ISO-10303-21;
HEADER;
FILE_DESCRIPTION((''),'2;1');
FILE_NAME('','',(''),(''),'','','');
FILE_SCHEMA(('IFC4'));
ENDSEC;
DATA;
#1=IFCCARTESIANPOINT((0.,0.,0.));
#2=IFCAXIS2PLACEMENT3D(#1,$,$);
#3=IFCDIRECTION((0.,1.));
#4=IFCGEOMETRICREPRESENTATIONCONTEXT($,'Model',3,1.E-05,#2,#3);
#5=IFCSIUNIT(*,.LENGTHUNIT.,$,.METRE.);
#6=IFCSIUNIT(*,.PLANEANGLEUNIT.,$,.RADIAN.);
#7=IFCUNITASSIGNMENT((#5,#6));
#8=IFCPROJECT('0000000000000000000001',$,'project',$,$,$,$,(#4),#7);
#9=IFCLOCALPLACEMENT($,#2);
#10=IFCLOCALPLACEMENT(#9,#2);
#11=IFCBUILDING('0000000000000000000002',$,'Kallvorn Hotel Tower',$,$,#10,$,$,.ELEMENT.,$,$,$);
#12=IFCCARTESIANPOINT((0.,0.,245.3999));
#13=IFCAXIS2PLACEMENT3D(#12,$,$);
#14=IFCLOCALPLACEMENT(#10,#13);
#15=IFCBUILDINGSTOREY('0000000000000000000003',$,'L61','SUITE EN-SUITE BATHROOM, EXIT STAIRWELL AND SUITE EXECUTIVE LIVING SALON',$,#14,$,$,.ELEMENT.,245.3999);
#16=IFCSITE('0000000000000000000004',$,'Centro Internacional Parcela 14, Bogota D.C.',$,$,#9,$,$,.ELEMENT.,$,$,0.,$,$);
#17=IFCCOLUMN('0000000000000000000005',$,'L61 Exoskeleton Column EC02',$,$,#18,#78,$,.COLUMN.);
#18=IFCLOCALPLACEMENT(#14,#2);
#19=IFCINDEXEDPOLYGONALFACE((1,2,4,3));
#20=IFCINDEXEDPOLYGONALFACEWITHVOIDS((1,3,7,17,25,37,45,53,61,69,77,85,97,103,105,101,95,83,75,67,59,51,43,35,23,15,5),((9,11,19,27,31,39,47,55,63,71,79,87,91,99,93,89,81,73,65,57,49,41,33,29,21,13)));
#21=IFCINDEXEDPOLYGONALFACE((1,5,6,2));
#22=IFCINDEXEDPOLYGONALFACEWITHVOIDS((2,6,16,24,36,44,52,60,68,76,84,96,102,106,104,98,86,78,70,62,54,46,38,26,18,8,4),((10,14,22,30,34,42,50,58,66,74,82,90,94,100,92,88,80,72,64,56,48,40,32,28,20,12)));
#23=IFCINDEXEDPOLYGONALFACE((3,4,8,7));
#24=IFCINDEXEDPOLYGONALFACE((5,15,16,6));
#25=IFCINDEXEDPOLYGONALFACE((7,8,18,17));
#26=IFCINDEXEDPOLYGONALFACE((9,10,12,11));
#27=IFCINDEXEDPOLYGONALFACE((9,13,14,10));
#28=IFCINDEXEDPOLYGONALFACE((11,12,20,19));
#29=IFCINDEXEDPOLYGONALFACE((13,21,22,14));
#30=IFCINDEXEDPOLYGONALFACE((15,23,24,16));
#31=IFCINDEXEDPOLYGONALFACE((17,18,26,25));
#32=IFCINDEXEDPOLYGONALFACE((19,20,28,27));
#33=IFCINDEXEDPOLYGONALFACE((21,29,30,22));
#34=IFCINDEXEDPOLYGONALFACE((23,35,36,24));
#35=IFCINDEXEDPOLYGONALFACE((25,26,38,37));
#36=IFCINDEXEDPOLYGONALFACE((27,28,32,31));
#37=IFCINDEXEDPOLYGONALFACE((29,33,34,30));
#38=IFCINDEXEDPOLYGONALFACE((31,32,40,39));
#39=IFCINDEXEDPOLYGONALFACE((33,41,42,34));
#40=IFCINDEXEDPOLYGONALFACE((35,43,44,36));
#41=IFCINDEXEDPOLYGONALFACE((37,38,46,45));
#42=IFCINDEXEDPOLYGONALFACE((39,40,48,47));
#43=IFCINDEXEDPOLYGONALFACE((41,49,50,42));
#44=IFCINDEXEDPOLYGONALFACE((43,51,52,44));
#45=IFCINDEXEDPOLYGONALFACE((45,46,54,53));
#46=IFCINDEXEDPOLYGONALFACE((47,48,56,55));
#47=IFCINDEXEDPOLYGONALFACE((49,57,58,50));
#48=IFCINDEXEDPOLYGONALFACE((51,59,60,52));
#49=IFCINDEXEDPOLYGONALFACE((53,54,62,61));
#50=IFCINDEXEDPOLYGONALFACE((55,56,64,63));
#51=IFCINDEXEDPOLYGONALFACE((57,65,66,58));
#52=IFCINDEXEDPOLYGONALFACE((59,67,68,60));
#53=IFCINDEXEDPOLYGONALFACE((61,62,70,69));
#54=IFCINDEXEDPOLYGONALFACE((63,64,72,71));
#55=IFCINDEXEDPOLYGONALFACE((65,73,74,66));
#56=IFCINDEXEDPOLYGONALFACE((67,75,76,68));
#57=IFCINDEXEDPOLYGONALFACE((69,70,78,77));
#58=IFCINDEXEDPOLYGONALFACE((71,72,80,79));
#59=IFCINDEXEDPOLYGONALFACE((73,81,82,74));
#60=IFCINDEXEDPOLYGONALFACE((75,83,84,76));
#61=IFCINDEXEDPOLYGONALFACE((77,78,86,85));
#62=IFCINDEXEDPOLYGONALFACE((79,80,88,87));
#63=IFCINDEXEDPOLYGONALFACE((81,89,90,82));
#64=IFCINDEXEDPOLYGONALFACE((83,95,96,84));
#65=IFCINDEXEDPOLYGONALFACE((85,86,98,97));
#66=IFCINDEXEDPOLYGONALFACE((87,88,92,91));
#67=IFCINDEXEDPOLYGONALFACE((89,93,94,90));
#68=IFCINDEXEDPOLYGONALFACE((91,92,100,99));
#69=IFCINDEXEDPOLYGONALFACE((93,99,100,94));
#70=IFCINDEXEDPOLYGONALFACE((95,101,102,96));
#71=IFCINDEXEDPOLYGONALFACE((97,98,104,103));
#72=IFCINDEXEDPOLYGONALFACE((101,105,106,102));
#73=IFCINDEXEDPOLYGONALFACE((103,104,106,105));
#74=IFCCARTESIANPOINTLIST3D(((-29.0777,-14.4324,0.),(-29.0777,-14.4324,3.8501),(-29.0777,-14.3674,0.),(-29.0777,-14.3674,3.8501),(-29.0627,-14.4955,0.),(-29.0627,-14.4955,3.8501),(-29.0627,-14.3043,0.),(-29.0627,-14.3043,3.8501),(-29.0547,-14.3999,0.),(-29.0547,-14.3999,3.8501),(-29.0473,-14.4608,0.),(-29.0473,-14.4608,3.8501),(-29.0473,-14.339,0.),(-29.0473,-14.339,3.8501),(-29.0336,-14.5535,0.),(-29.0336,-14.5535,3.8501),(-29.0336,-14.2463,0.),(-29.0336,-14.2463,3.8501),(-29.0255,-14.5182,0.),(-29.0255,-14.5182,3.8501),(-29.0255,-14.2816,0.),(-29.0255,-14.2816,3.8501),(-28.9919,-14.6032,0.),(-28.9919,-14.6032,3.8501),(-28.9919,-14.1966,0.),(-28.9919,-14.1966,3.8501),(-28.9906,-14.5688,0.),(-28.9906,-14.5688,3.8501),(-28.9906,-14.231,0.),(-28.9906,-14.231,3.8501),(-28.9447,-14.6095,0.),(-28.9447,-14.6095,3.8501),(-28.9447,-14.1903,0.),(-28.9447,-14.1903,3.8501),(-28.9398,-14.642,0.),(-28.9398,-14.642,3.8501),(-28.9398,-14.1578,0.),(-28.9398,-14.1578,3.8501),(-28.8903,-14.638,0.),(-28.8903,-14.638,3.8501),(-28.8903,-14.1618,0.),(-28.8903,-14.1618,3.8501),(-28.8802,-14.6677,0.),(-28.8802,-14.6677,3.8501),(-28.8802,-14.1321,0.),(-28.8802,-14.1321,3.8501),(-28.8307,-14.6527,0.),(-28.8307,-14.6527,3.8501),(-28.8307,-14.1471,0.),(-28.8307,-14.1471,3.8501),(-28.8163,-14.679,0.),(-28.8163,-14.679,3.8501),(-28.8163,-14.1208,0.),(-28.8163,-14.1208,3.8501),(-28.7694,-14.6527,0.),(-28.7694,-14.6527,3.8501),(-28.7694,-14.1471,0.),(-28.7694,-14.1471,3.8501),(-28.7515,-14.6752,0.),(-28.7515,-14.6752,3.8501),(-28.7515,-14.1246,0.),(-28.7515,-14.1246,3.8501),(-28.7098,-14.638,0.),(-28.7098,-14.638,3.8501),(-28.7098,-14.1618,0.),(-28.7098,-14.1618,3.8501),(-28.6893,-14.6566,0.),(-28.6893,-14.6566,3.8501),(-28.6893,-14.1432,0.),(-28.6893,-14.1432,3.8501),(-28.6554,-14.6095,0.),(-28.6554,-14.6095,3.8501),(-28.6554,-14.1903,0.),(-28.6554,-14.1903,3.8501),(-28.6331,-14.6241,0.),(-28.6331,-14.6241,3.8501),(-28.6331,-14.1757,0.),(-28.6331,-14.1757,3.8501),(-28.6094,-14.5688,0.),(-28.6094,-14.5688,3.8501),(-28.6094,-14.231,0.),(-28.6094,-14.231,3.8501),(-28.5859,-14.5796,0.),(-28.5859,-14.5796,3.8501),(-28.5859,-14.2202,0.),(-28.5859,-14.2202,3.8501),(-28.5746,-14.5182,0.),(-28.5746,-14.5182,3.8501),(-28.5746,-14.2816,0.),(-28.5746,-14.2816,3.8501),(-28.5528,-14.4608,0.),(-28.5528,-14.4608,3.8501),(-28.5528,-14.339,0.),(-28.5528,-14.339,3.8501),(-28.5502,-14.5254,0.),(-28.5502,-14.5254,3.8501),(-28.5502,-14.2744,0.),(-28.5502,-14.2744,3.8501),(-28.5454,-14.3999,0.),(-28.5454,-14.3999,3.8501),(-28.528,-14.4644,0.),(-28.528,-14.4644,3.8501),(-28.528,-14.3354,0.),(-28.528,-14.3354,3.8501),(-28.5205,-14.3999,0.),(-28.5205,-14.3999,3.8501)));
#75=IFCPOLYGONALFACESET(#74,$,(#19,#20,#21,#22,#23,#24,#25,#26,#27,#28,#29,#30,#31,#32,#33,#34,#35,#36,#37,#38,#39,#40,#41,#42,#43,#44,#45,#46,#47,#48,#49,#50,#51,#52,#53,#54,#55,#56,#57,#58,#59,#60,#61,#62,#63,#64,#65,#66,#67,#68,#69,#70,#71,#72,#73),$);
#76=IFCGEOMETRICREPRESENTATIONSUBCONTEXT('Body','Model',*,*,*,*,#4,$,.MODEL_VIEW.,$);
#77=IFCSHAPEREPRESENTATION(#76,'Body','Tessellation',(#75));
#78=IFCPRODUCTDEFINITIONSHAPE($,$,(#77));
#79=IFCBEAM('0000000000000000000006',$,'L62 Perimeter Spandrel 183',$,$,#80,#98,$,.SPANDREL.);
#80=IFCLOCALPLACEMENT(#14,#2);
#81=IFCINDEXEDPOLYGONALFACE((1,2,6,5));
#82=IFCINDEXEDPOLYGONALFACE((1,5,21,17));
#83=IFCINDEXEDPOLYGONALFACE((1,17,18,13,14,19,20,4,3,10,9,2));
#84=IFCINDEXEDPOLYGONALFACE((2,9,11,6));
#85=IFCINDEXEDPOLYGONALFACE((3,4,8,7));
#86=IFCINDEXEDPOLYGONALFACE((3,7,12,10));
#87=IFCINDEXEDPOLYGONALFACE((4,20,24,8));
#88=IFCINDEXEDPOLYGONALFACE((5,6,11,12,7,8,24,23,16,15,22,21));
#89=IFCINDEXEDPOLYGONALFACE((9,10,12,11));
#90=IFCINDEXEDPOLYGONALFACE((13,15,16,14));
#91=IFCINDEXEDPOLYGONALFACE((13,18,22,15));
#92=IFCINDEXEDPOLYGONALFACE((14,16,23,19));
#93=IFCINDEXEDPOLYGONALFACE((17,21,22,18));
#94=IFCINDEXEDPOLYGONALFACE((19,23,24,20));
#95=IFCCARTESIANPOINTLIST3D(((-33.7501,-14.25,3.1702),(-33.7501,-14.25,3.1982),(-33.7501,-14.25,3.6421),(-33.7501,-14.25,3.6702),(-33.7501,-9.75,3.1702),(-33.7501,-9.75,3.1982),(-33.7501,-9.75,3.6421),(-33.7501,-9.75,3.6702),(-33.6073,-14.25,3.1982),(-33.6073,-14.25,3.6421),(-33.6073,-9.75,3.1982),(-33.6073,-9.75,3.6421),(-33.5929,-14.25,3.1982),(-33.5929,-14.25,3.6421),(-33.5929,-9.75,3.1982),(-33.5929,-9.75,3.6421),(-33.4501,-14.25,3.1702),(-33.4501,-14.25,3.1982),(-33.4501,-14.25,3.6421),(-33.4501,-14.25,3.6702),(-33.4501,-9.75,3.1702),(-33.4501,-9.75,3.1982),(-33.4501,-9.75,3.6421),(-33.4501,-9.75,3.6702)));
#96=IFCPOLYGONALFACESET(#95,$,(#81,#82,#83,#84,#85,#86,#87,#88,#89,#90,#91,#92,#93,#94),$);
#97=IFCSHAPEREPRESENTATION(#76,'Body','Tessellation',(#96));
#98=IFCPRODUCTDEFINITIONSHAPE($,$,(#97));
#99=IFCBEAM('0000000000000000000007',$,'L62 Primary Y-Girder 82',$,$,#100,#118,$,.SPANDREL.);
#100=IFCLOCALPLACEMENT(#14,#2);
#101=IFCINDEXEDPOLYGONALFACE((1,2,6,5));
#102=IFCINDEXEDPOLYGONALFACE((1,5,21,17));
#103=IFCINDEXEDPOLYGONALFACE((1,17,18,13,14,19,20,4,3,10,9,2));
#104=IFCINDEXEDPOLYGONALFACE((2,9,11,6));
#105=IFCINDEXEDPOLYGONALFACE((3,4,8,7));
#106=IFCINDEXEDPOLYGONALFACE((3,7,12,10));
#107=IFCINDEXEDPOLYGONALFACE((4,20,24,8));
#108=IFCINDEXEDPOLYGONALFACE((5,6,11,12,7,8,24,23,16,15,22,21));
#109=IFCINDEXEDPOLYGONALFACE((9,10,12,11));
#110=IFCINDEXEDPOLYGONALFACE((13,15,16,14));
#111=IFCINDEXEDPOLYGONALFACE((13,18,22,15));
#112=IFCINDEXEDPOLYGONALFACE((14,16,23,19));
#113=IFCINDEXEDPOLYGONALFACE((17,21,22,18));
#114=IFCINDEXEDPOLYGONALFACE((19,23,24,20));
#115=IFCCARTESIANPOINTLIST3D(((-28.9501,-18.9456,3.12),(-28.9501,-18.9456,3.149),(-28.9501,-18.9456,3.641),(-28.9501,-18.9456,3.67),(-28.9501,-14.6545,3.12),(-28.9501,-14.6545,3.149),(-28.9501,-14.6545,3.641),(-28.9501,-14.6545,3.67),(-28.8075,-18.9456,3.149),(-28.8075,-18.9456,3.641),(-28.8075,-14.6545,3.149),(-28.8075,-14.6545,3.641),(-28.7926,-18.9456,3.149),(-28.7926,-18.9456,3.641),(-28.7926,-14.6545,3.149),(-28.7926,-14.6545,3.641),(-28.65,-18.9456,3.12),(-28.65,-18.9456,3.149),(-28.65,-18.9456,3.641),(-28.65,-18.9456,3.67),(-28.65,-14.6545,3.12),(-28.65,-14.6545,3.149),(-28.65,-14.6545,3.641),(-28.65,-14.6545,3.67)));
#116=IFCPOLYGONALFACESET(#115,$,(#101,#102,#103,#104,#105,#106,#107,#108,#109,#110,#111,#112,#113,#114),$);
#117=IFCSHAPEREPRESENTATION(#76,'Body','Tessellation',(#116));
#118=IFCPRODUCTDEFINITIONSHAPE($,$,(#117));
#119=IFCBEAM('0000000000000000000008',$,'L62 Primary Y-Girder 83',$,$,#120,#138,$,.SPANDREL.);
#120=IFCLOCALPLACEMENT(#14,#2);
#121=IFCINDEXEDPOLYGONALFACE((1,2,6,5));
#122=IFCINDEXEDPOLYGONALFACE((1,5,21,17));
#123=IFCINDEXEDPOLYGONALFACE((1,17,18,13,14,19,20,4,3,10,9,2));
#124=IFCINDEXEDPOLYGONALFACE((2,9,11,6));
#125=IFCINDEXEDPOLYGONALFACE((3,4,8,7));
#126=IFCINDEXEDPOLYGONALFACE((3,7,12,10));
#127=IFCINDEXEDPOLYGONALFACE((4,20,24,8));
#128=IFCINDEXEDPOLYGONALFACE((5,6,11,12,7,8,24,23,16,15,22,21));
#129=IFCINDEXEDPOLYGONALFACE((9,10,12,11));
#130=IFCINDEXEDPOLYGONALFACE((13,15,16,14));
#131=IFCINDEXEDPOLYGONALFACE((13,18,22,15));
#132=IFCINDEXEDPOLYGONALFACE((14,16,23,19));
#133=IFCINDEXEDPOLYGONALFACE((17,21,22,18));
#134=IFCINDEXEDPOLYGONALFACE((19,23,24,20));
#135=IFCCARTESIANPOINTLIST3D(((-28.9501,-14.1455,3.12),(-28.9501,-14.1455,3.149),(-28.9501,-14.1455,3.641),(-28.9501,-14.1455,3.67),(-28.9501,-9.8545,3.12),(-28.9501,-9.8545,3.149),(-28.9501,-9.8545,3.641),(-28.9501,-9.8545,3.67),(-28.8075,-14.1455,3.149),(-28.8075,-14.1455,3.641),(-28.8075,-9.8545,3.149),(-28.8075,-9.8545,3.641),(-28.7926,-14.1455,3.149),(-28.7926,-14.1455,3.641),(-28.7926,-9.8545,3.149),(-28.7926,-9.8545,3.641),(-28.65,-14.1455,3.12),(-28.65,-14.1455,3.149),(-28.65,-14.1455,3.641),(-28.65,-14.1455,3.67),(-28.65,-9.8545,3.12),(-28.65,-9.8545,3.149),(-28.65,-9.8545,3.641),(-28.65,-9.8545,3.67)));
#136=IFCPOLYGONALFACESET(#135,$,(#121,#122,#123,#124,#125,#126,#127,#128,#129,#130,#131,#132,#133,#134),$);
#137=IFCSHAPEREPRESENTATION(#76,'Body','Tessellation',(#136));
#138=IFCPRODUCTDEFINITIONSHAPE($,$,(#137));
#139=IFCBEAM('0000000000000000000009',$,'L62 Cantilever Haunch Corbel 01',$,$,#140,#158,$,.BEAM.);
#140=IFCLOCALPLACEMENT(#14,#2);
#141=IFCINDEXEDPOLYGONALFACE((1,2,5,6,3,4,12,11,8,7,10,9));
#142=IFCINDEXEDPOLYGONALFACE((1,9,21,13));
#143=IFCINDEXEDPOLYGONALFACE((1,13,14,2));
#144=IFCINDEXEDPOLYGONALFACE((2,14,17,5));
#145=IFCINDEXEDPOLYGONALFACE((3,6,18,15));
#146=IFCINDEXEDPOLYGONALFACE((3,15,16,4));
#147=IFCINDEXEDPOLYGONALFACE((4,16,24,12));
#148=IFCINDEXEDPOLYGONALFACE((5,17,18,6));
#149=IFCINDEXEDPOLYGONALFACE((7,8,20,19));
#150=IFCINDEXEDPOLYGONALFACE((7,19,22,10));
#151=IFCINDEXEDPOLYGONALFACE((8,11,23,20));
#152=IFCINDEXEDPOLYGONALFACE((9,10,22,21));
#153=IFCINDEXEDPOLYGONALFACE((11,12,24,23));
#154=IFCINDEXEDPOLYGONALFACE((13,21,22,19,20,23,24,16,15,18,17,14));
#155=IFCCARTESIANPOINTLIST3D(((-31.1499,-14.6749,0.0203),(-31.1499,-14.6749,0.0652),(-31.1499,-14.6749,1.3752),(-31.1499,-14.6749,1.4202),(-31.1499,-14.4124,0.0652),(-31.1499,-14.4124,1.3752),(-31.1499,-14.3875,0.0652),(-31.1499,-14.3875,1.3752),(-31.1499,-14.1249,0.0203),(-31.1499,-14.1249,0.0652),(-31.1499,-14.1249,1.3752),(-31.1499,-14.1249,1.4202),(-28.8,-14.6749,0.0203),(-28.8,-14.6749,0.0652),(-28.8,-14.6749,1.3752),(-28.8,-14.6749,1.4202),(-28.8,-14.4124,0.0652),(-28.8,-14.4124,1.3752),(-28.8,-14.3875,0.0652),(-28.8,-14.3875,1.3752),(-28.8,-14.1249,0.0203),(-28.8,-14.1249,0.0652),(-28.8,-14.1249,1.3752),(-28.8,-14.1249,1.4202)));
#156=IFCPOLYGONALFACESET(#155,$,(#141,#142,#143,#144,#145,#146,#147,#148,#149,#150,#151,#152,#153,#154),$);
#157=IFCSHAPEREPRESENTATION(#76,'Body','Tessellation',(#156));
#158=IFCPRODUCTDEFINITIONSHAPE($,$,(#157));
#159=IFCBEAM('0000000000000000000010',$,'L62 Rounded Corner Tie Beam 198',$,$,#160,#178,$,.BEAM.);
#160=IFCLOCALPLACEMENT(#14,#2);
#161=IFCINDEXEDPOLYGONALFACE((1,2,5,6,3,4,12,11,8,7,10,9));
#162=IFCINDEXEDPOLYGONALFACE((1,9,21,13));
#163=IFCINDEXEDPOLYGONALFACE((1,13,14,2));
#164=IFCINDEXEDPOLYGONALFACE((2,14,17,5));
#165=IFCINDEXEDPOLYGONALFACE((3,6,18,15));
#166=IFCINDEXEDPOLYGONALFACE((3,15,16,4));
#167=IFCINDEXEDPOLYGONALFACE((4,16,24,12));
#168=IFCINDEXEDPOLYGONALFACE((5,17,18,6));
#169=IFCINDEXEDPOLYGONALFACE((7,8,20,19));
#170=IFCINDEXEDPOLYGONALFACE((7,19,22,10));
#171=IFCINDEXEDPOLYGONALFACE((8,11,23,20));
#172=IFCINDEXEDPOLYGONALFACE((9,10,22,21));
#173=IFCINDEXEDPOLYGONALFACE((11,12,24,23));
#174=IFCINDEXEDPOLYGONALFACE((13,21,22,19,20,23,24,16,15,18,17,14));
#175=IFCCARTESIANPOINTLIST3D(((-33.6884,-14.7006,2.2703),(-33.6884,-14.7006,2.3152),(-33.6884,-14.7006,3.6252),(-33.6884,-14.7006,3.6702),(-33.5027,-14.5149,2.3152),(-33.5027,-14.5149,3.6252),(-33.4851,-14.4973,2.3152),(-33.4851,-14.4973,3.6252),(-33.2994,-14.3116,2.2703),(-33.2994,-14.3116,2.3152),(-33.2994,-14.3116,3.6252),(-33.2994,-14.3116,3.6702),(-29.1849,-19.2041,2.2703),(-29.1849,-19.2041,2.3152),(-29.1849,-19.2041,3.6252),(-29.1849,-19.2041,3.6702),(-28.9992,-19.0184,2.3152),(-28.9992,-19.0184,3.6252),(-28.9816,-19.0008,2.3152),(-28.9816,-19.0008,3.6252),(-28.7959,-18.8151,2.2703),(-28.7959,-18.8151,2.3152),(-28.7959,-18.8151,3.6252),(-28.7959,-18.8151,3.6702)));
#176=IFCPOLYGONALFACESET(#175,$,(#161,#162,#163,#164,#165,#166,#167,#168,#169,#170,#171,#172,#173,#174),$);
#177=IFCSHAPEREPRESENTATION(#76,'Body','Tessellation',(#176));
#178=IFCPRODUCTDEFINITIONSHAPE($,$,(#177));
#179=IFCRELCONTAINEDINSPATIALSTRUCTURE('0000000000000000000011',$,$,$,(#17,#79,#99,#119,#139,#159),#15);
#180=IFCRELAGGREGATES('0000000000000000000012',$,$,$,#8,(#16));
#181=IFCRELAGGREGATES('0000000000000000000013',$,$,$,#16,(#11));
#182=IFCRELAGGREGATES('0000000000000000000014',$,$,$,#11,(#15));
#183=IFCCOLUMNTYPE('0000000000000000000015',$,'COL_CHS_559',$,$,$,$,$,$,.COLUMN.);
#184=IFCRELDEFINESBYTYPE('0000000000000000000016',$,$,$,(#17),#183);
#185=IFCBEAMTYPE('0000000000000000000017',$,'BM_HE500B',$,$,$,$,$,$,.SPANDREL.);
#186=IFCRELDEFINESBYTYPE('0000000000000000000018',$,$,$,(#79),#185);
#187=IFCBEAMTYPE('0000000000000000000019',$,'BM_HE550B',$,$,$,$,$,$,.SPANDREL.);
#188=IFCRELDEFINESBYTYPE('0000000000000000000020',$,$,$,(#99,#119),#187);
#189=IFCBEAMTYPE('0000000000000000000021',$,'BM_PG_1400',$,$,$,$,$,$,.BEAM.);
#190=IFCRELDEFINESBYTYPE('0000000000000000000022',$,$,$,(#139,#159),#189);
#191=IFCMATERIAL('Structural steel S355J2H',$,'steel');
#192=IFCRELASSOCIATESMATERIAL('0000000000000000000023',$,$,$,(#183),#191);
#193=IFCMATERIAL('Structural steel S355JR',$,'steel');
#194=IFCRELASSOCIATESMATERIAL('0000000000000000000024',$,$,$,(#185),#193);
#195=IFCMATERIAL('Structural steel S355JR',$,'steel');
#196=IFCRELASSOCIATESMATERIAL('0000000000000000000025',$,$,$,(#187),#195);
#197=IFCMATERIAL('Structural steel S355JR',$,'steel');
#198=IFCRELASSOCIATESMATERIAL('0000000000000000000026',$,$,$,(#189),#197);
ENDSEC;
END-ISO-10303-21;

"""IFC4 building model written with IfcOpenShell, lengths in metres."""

from ifc_helpers import new_model, si_unit, direction, frame, origin, origin_2d, place, context, subcontext, project, spatial, hollow_circle, i_section, extrude, material, material_profile, profile_set, type_object, element, save


model = new_model("IFC4")

# Units and contexts
model_context = context("Model", 3, precision=1e-05, world=origin(), true_north=direction((0.0, 1.0)))
body_context = subcontext(model_context, "Body", "Model", "MODEL_VIEW")
ifc_project = project(units=[si_unit("LENGTHUNIT", "METRE"), si_unit("PLANEANGLEUNIT", "RADIAN")], contexts=[model_context])

# Site, building, storey
site_placement = place(None, origin())
site = spatial("IfcSite", under=ifc_project, at=site_placement, Name="Centro Internacional Parcela 14, Bogota D.C.", CompositionType="ELEMENT", RefElevation=0.0)
building_placement = place(site_placement, origin())
building = spatial("IfcBuilding", under=site, at=building_placement, Name="Kallvorn Hotel Tower", CompositionType="ELEMENT")
storey_placement = place(building_placement, frame((0.0, 0.0, 245.3999)))
storey = spatial("IfcBuildingStorey", under=building, at=storey_placement, Name="L61", Description="SUITE EN-SUITE BATHROOM, EXIT STAIRWELL AND SUITE EXECUTIVE LIVING SALON", CompositionType="ELEMENT", Elevation=245.3999)

# Column
ifc_material_1 = material(Name="Structural steel S355J2H", Category="steel")
ifc_material_profile_1 = material_profile(ifc_material_1, hollow_circle(Radius=0.2795, WallThickness=0.0249, at=origin_2d()), Name="CHS 559x25")
ifc_profile_set_1 = profile_set([ifc_material_profile_1], Name="Structural steel S355J2H")
column_type_1 = type_object("IfcColumnType", Name="COL_CHS_559", PredefinedType="COLUMN", material=ifc_profile_set_1)
for number, where, z_axis, x_axis, name in (
    (1, (-28.8, -14.3999, 0.0), (0.0, 0.0, 1.0), (1.0, 0.0, 0.0), "L61 Exoskeleton Column EC02"),
):
    element("IfcColumn", number, at=place(storey_placement, frame(where, z_axis=z_axis, x_axis=x_axis)), inside=storey, type_object=column_type_1, Name=name, PredefinedType="COLUMN", context=body_context, shape_type="SweptSolid", body=[
        extrude(hollow_circle(Radius=0.2795, WallThickness=0.0249, at=origin_2d()), origin(), (0.0, 0.0, 1.0), 3.8501),
    ])

# Beams
ifc_material_2 = material(Name="Structural steel S355JR", Category="steel")
ifc_material_profile_2 = material_profile(ifc_material_2, i_section(OverallWidth=0.3, OverallDepth=0.5, WebThickness=0.0144, FlangeThickness=0.0281, at=origin_2d()), Name="HE 500 B")
ifc_profile_set_2 = profile_set([ifc_material_profile_2], Name="Structural steel S355JR")
beam_type_1 = type_object("IfcBeamType", Name="BM_HE500B", PredefinedType="SPANDREL", material=ifc_profile_set_2)
beam_1_placement = place(storey_placement, frame((-33.6001, -14.25, 3.4202), z_axis=(0.0, 1.0, 0.0), x_axis=(-1.0, 0.0, 0.0)))
element("IfcBeam", 2, at=beam_1_placement, inside=storey, type_object=beam_type_1, Name="L62 Perimeter Spandrel 183", PredefinedType="SPANDREL", context=body_context, shape_type="SweptSolid", body=[
    extrude(i_section(OverallWidth=0.3, OverallDepth=0.5, WebThickness=0.0144, FlangeThickness=0.0281, at=origin_2d()), origin(), (0.0, 0.0, 1.0), 4.5),
])
ifc_material_3 = material(Name="Structural steel S355JR", Category="steel")
ifc_material_profile_3 = material_profile(ifc_material_3, i_section(OverallWidth=0.3, OverallDepth=0.55, WebThickness=0.0149, FlangeThickness=0.0291, at=origin_2d()), Name="HE 550 B")
ifc_profile_set_3 = profile_set([ifc_material_profile_3], Name="Structural steel S355JR")
beam_type_2 = type_object("IfcBeamType", Name="BM_HE550B", PredefinedType="SPANDREL", material=ifc_profile_set_3)
for number, where, z_axis, x_axis, name in (
    (3, (-28.8, -18.9456, 3.395), (0.0, 1.0, 0.0), (-1.0, 0.0, 0.0), "L62 Primary Y-Girder 82"),
    (4, (-28.8, -14.1455, 3.395), (0.0, 1.0, 0.0), (-1.0, 0.0, 0.0), "L62 Primary Y-Girder 83"),
):
    element("IfcBeam", number, at=place(storey_placement, frame(where, z_axis=z_axis, x_axis=x_axis)), inside=storey, type_object=beam_type_2, Name=name, PredefinedType="SPANDREL", context=body_context, shape_type="SweptSolid", body=[
        extrude(i_section(OverallWidth=0.3, OverallDepth=0.55, WebThickness=0.0149, FlangeThickness=0.0291, at=origin_2d()), origin(), (0.0, 0.0, 1.0), 4.291),
    ])
ifc_material_4 = material(Name="Structural steel S355JR", Category="steel")
ifc_material_profile_4 = material_profile(ifc_material_4, i_section(OverallWidth=0.55, OverallDepth=1.3999, WebThickness=0.0249, FlangeThickness=0.0449, at=origin_2d()), Name="PG 1400x550x25x45")
ifc_profile_set_4 = profile_set([ifc_material_profile_4], Name="Structural steel S355JR")
beam_type_3 = type_object("IfcBeamType", Name="BM_PG_1400", PredefinedType="BEAM", material=ifc_profile_set_4)
beam_2_placement = place(storey_placement, frame((-28.8, -14.3999, 0.7202), z_axis=(-1.0, 0.0, 0.0), x_axis=(0.0, -1.0, 0.0)))
element("IfcBeam", 5, at=beam_2_placement, inside=storey, type_object=beam_type_3, Name="L62 Cantilever Haunch Corbel 01", PredefinedType="BEAM", context=body_context, shape_type="SweptSolid", body=[
    extrude(i_section(OverallWidth=0.55, OverallDepth=1.3999, WebThickness=0.0249, FlangeThickness=0.0449, at=origin_2d()), origin(), (0.0, 0.0, 1.0), 2.3499),
])
beam_3_placement = place(storey_placement, frame((-33.4939, -14.5061, 2.9702), z_axis=(0.707107, -0.707107, 0.0), x_axis=(0.707107, 0.707107, 0.0)))
element("IfcBeam", 6, at=beam_3_placement, inside=storey, type_object=beam_type_3, Name="L62 Rounded Corner Tie Beam 198", PredefinedType="BEAM", context=body_context, shape_type="SweptSolid", body=[
    extrude(i_section(OverallWidth=0.55, OverallDepth=1.3999, WebThickness=0.0249, FlangeThickness=0.0449, at=origin_2d()), origin(), (0.0, 0.0, 1.0), 6.3689),
])

save(model, "model.ifc")
